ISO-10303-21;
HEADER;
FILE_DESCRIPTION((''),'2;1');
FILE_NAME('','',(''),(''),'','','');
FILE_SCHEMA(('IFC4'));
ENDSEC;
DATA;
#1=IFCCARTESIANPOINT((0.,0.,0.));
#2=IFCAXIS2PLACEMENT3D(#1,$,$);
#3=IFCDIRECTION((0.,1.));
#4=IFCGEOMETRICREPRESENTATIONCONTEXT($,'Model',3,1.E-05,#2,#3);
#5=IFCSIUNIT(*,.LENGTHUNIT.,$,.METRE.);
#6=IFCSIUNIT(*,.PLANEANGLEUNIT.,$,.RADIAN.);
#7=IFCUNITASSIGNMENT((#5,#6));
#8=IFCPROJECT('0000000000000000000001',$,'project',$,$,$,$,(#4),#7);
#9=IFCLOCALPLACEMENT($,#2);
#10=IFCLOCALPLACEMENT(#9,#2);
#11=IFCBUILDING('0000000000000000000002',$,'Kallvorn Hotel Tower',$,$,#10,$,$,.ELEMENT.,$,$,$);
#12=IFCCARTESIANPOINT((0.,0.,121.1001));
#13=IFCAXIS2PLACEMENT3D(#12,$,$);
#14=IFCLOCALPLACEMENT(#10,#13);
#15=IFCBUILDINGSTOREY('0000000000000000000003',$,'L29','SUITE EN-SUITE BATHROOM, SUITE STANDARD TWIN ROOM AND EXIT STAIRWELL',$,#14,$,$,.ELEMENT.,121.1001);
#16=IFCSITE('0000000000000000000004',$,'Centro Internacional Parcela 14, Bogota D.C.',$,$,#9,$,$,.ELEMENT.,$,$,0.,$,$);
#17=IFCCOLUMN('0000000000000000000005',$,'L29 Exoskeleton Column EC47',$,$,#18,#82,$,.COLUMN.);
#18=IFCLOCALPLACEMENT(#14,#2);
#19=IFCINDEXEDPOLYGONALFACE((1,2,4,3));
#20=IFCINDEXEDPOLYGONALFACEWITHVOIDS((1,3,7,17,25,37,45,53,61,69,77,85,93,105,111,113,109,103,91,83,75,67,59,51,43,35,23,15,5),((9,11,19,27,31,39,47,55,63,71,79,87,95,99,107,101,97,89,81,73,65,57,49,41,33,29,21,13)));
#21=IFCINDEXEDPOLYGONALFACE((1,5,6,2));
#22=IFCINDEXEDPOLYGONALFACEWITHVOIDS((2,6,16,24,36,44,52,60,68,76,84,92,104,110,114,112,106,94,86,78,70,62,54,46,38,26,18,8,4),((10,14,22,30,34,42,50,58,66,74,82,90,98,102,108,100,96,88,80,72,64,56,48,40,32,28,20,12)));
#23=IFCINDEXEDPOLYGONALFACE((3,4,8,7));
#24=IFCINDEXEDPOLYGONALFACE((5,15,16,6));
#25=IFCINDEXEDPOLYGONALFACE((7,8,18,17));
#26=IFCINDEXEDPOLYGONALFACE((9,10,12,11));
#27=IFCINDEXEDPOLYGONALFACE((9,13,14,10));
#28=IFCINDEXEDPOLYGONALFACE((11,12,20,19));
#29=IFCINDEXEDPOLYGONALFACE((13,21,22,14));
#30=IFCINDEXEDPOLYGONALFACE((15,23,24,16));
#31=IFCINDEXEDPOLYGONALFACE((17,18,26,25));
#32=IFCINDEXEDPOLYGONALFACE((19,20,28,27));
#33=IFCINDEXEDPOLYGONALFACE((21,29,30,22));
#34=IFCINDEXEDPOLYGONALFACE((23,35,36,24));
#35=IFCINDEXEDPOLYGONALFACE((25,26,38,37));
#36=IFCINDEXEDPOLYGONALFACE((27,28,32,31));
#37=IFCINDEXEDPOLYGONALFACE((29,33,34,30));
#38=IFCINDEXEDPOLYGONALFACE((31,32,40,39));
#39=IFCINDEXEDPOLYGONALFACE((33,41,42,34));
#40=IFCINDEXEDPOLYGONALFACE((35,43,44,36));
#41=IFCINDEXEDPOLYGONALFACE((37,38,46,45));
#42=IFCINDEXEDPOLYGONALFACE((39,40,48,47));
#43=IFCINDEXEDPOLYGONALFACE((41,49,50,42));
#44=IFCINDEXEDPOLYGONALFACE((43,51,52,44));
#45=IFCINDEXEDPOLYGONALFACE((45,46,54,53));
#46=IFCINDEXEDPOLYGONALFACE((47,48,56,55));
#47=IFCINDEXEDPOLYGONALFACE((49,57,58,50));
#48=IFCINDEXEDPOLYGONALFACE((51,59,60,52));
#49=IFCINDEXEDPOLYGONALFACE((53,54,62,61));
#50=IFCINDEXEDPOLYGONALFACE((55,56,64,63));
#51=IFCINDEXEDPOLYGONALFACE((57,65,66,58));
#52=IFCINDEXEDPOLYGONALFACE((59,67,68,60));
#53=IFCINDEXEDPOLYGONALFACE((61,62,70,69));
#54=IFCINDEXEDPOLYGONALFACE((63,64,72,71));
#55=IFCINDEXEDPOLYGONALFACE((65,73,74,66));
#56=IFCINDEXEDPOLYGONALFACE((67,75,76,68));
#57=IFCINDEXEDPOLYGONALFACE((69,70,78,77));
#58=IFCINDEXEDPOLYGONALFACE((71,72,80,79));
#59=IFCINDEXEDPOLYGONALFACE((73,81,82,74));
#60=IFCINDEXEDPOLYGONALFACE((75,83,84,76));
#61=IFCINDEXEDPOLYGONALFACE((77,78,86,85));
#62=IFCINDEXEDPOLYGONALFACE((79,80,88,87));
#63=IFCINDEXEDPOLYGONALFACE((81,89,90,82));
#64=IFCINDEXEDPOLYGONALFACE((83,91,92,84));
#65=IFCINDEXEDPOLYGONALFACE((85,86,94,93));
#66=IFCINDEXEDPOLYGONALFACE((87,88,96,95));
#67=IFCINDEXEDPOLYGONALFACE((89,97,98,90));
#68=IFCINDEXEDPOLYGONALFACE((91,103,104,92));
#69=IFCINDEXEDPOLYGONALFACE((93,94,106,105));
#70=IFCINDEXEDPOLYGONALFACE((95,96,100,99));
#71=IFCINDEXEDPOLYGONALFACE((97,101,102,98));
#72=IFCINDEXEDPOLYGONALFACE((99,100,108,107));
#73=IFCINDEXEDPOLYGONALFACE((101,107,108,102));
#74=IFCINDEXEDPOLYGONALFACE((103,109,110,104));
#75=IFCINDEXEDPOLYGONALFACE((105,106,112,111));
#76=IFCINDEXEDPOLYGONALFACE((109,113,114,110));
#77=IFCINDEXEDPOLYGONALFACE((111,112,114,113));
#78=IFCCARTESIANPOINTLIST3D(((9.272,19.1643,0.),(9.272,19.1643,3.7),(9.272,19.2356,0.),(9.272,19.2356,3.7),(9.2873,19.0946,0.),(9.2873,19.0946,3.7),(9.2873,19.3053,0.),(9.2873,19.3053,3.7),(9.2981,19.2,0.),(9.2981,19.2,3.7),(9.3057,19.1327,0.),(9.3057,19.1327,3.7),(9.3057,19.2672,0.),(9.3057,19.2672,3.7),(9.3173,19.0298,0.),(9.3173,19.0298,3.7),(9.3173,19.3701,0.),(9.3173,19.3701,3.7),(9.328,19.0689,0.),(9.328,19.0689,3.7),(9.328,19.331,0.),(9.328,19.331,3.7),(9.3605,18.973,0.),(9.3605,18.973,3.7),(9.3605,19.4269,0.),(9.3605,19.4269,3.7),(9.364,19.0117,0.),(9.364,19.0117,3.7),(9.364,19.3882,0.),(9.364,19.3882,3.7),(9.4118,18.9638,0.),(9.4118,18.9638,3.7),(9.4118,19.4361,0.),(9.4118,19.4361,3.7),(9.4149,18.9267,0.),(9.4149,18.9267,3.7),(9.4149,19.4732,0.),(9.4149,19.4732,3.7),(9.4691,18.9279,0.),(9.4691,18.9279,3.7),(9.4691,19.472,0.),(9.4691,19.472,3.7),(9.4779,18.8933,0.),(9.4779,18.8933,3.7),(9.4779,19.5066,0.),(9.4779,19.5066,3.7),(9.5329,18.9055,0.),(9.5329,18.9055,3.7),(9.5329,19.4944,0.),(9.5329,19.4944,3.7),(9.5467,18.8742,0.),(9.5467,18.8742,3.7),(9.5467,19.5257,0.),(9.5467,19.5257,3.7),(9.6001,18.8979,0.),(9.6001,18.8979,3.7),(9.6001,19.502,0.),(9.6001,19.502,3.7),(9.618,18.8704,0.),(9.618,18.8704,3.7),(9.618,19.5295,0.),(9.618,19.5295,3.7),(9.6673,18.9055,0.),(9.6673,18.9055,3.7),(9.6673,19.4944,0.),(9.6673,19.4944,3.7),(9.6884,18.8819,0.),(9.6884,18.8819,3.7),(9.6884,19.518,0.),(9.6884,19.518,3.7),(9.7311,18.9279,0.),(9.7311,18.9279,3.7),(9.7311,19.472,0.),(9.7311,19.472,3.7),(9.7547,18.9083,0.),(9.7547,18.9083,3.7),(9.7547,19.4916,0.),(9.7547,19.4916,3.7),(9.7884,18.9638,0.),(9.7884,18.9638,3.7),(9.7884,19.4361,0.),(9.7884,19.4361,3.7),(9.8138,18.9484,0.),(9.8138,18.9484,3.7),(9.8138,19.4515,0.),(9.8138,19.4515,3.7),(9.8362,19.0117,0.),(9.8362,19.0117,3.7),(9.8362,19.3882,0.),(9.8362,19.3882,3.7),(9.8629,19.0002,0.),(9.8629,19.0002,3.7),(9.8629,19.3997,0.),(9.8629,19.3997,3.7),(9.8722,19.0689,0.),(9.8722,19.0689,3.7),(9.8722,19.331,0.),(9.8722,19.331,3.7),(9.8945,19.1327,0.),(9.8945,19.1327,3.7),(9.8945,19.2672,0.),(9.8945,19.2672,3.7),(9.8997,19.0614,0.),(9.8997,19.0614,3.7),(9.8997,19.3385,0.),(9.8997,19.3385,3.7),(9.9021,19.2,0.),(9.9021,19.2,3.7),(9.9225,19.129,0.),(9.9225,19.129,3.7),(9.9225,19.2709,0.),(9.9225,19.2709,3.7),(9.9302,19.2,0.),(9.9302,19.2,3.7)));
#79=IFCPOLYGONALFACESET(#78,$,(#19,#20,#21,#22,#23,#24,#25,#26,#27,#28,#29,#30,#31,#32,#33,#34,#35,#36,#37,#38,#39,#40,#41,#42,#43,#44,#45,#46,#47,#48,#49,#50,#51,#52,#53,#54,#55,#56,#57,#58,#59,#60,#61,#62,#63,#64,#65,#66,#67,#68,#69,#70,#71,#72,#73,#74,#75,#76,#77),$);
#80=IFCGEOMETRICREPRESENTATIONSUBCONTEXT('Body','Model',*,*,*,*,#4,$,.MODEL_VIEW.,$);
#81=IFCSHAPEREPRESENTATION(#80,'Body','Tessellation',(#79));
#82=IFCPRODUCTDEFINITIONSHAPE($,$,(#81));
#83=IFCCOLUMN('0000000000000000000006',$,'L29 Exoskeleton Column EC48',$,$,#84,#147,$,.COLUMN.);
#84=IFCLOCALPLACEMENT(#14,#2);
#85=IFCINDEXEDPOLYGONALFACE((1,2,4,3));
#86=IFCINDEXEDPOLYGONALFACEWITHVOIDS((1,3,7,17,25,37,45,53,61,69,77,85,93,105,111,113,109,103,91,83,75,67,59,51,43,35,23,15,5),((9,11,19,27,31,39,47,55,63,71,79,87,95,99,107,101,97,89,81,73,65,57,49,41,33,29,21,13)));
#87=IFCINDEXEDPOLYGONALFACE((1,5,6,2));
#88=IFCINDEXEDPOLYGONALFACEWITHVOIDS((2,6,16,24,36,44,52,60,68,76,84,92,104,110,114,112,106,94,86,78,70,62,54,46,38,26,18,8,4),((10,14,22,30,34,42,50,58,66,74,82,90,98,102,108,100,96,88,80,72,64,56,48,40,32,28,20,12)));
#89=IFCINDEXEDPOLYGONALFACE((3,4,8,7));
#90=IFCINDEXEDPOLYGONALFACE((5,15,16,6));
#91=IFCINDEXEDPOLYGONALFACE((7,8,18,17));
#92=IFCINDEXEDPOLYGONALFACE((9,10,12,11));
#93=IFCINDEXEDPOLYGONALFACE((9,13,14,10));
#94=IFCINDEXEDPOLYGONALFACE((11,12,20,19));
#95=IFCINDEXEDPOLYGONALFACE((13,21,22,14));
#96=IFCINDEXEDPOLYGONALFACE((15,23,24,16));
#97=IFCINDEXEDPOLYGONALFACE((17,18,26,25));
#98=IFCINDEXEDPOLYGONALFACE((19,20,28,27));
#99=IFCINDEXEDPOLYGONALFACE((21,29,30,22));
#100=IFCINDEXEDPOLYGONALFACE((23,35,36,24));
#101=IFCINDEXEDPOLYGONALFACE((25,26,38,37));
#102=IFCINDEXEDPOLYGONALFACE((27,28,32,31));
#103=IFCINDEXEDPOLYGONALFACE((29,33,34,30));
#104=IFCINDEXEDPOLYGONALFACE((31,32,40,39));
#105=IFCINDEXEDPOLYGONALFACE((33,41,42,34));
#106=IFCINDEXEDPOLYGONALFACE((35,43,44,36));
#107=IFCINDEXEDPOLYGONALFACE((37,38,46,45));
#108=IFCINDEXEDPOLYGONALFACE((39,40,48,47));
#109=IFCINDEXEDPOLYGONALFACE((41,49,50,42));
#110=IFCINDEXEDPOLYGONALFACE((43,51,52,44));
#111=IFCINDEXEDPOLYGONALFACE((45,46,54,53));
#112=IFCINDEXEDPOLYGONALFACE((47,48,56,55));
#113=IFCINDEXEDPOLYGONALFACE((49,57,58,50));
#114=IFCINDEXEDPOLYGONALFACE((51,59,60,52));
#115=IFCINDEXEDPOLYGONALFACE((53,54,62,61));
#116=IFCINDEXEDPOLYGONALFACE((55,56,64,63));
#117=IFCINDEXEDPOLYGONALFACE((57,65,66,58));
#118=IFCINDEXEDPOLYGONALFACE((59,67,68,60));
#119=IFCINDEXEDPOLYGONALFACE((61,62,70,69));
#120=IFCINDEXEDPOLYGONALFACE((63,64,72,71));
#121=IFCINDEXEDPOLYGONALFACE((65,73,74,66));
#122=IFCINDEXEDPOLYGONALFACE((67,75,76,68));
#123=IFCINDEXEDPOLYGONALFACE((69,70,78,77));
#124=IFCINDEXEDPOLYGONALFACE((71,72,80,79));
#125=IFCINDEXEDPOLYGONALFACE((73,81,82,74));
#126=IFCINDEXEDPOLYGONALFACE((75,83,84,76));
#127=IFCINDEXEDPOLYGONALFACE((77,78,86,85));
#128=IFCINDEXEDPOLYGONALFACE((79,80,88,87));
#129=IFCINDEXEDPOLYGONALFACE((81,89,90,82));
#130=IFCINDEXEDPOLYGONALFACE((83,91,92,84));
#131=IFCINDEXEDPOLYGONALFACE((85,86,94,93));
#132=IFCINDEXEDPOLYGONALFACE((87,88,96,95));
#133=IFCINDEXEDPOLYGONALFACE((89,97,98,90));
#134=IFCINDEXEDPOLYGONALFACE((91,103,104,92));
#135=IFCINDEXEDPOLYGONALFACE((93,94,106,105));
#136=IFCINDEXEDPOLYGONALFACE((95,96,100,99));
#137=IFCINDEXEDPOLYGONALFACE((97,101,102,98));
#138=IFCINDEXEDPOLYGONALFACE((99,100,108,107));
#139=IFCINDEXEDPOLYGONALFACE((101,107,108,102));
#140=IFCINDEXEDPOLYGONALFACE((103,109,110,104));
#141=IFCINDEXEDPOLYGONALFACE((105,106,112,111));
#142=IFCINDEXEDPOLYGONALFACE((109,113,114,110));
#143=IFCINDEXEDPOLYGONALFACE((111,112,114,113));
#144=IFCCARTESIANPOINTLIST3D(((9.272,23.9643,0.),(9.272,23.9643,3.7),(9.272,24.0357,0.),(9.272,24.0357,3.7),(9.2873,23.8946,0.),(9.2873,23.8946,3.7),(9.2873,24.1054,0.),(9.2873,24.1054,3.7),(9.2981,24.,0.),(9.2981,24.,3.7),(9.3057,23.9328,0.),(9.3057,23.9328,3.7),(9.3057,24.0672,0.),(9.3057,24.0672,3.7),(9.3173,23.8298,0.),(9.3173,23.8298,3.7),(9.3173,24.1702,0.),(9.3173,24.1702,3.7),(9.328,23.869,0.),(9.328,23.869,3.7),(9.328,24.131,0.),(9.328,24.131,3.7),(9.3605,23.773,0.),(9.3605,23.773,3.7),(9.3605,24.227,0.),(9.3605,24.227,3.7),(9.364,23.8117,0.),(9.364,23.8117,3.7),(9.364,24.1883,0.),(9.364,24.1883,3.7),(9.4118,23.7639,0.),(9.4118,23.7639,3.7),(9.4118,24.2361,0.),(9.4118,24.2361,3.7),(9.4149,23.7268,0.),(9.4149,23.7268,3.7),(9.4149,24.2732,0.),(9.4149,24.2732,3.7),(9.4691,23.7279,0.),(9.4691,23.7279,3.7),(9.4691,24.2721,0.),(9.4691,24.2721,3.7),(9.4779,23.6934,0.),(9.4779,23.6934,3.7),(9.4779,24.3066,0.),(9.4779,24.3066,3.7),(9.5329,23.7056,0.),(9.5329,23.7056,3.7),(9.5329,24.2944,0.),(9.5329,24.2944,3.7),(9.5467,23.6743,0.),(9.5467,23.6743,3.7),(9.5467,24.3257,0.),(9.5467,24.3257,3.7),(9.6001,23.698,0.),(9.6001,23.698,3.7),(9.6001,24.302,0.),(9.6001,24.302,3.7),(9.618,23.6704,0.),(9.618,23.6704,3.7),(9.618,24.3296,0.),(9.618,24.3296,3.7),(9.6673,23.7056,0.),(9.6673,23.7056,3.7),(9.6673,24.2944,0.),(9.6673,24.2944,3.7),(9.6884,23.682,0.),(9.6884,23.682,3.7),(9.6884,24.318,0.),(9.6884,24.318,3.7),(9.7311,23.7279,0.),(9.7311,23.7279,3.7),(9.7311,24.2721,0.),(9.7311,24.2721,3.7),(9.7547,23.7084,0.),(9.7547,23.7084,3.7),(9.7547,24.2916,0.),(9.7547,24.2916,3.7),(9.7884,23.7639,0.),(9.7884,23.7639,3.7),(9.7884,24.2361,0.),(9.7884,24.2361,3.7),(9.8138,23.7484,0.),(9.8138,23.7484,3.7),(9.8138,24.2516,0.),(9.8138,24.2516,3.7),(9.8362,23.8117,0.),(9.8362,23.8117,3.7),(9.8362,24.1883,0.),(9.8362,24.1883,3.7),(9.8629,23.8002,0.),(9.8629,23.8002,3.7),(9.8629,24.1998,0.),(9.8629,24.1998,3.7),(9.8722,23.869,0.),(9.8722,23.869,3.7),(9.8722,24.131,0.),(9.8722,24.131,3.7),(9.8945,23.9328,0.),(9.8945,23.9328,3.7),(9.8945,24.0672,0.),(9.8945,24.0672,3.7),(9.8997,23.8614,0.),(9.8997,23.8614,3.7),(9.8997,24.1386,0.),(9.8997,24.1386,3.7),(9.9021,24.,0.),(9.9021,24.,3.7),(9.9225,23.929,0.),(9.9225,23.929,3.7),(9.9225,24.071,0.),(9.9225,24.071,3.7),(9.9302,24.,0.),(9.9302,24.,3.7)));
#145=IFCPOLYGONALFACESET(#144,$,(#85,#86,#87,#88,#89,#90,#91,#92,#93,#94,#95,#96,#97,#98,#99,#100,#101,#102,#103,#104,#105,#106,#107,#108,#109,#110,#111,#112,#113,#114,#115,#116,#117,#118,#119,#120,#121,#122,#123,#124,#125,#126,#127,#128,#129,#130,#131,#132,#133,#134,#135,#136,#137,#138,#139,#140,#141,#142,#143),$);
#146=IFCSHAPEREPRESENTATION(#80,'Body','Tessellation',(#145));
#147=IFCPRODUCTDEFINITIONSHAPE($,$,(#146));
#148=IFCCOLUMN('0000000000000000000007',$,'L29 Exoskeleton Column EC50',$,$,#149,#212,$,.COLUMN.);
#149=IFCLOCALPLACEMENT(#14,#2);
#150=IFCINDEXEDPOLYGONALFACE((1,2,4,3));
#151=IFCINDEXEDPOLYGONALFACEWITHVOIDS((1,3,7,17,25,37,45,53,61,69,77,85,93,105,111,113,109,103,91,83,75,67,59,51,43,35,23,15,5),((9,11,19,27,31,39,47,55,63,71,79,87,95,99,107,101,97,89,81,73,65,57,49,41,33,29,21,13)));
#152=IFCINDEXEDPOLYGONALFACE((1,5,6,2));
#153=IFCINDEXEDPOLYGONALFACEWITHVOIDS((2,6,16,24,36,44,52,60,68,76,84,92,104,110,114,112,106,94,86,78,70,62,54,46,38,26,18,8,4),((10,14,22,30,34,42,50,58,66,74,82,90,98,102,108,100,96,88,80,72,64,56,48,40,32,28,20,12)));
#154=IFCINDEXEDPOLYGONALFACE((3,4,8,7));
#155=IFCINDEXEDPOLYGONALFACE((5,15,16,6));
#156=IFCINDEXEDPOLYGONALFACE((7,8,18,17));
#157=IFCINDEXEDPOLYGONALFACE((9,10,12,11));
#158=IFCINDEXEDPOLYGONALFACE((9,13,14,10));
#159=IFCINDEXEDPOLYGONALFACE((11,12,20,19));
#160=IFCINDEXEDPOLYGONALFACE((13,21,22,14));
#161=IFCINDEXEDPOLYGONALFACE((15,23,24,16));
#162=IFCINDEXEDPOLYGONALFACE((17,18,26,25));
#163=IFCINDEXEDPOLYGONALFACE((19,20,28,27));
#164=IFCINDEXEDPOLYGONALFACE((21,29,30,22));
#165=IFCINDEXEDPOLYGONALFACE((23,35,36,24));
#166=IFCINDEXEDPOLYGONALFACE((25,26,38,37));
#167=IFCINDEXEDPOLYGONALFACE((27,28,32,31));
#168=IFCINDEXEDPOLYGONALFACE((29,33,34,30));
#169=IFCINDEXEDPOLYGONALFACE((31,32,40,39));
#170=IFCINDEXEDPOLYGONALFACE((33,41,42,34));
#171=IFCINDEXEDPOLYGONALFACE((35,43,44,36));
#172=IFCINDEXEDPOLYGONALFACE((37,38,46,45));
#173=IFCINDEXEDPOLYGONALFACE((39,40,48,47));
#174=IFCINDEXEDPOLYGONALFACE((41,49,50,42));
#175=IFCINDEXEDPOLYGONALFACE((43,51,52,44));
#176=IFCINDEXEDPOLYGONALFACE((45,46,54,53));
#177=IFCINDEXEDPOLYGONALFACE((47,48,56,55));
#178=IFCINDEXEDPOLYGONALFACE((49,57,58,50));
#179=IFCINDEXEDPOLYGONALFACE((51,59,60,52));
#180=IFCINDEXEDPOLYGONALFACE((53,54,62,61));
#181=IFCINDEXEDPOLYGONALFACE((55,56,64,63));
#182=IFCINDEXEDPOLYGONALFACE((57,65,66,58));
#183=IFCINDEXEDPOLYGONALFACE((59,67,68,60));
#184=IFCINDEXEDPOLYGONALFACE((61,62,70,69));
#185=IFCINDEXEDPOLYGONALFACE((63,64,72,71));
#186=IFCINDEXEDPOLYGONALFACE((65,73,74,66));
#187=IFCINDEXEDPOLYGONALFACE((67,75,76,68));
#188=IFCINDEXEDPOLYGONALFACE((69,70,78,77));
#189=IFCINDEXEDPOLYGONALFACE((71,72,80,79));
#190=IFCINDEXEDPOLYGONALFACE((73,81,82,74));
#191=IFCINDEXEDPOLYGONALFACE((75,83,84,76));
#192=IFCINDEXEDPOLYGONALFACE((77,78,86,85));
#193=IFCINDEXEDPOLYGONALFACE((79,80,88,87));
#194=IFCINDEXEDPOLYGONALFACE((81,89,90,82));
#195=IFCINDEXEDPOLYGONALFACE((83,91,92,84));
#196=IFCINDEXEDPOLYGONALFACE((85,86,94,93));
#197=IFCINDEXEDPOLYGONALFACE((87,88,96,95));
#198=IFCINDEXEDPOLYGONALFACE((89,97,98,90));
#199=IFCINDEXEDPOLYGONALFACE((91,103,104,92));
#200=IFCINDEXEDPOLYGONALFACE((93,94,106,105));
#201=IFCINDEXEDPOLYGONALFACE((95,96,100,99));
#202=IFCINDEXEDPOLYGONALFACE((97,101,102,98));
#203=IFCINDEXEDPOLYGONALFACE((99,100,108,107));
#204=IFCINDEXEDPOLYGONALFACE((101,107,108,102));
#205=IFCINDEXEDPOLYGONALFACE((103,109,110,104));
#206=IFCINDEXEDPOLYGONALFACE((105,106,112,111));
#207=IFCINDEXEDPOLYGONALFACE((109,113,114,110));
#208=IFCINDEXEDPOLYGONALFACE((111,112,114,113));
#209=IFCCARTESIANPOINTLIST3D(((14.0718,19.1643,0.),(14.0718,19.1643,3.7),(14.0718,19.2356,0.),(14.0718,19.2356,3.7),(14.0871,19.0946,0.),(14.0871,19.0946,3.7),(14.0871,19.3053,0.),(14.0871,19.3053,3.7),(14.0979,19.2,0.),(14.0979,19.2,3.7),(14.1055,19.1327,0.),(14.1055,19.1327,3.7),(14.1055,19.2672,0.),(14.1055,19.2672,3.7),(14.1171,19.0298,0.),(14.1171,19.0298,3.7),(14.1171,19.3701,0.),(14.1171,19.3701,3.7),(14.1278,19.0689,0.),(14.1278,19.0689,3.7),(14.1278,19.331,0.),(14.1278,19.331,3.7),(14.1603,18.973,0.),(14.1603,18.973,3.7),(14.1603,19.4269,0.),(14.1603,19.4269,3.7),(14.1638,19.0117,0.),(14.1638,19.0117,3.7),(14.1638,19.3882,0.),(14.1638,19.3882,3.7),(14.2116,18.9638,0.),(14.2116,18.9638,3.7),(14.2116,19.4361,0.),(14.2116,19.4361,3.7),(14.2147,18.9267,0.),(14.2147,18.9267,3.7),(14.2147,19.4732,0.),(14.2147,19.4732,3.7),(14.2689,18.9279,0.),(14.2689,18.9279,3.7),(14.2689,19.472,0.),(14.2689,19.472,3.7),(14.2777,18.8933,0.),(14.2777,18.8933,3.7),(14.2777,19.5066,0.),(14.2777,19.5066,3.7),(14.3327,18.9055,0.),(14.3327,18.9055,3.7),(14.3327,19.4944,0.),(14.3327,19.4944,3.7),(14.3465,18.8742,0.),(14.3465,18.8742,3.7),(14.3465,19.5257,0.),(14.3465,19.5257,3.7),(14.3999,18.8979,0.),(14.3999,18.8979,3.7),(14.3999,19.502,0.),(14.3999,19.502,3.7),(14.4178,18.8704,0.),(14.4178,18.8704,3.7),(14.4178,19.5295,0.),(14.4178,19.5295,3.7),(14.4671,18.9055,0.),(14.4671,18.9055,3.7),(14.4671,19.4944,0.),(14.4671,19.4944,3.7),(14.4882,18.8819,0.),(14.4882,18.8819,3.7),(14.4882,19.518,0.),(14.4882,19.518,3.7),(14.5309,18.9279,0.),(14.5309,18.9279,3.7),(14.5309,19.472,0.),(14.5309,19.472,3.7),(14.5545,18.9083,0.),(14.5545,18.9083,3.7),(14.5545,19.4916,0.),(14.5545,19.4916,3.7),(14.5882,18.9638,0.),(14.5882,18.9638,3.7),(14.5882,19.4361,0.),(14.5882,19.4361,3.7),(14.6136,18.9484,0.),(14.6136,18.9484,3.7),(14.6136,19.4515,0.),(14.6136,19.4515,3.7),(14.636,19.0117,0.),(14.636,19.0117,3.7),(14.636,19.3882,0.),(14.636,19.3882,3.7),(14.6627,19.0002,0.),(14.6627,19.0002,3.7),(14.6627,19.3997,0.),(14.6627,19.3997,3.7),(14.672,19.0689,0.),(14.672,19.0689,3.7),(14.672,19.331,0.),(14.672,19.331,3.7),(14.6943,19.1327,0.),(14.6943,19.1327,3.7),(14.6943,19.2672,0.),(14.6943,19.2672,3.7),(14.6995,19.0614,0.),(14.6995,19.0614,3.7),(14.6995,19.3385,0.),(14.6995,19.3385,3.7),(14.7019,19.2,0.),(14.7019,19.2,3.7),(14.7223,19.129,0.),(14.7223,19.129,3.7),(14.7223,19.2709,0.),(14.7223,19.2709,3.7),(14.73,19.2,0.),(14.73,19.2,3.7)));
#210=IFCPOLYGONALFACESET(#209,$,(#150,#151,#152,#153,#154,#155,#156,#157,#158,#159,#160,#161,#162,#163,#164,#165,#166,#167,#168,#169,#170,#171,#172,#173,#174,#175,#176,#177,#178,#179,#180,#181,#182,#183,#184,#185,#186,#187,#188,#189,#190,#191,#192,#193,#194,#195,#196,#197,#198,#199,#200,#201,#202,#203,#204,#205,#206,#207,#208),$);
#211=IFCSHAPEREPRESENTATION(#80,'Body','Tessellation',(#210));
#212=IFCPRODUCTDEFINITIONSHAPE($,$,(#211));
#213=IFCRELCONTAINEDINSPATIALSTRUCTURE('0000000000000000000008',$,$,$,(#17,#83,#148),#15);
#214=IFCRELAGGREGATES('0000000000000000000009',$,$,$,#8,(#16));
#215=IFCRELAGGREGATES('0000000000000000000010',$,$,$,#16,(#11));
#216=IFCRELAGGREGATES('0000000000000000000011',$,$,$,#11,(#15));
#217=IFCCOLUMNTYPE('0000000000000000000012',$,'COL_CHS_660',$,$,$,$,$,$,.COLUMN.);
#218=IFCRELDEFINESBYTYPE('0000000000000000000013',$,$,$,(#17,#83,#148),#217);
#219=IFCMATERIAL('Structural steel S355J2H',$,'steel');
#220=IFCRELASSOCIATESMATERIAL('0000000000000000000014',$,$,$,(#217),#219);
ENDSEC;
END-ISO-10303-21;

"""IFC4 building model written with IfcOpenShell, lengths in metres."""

from ifc_helpers import new_model, si_unit, direction, frame, origin, origin_2d, place, context, subcontext, project, spatial, hollow_circle, extrude, material, material_profile, profile_set, type_object, element, save


model = new_model("IFC4")

# Units and contexts
model_context = context("Model", 3, precision=1e-05, world=origin(), true_north=direction((0.0, 1.0)))
body_context = subcontext(model_context, "Body", "Model", "MODEL_VIEW")
ifc_project = project(units=[si_unit("LENGTHUNIT", "METRE"), si_unit("PLANEANGLEUNIT", "RADIAN")], contexts=[model_context])

# Site, building, storey
site_placement = place(None, origin())
site = spatial("IfcSite", under=ifc_project, at=site_placement, Name="Centro Internacional Parcela 14, Bogota D.C.", CompositionType="ELEMENT", RefElevation=0.0)
building_placement = place(site_placement, origin())
building = spatial("IfcBuilding", under=site, at=building_placement, Name="Kallvorn Hotel Tower", CompositionType="ELEMENT")
storey_placement = place(building_placement, frame((0.0, 0.0, 121.1001)))
storey = spatial("IfcBuildingStorey", under=building, at=storey_placement, Name="L29", Description="SUITE EN-SUITE BATHROOM, SUITE STANDARD TWIN ROOM AND EXIT STAIRWELL", CompositionType="ELEMENT", Elevation=121.1001)

# Columns
ifc_material_1 = material(Name="Structural steel S355J2H", Category="steel")
ifc_material_profile_1 = material_profile(ifc_material_1, hollow_circle(Radius=0.3301, WallThickness=0.0281, at=origin_2d()), Name="CHS 660x28")
ifc_profile_set_1 = profile_set([ifc_material_profile_1], Name="Structural steel S355J2H")
column_type_1 = type_object("IfcColumnType", Name="COL_CHS_660", PredefinedType="COLUMN", material=ifc_profile_set_1)
for number, where, z_axis, x_axis, name in (
    (1, (9.6001, 19.2, 0.0), (0.0, 0.0, 1.0), (1.0, 0.0, 0.0), "L29 Exoskeleton Column EC47"),
    (2, (9.6001, 24.0, 0.0), (0.0, 0.0, 1.0), (1.0, 0.0, 0.0), "L29 Exoskeleton Column EC48"),
    (3, (14.3999, 19.2, 0.0), (0.0, 0.0, 1.0), (1.0, 0.0, 0.0), "L29 Exoskeleton Column EC50"),
):
    element("IfcColumn", number, at=place(storey_placement, frame(where, z_axis=z_axis, x_axis=x_axis)), inside=storey, type_object=column_type_1, Name=name, PredefinedType="COLUMN", context=body_context, shape_type="SweptSolid", body=[
        extrude(hollow_circle(Radius=0.3301, WallThickness=0.0281, at=origin_2d()), origin(), (0.0, 0.0, 1.0), 3.7),
    ])

save(model, "model.ifc")
